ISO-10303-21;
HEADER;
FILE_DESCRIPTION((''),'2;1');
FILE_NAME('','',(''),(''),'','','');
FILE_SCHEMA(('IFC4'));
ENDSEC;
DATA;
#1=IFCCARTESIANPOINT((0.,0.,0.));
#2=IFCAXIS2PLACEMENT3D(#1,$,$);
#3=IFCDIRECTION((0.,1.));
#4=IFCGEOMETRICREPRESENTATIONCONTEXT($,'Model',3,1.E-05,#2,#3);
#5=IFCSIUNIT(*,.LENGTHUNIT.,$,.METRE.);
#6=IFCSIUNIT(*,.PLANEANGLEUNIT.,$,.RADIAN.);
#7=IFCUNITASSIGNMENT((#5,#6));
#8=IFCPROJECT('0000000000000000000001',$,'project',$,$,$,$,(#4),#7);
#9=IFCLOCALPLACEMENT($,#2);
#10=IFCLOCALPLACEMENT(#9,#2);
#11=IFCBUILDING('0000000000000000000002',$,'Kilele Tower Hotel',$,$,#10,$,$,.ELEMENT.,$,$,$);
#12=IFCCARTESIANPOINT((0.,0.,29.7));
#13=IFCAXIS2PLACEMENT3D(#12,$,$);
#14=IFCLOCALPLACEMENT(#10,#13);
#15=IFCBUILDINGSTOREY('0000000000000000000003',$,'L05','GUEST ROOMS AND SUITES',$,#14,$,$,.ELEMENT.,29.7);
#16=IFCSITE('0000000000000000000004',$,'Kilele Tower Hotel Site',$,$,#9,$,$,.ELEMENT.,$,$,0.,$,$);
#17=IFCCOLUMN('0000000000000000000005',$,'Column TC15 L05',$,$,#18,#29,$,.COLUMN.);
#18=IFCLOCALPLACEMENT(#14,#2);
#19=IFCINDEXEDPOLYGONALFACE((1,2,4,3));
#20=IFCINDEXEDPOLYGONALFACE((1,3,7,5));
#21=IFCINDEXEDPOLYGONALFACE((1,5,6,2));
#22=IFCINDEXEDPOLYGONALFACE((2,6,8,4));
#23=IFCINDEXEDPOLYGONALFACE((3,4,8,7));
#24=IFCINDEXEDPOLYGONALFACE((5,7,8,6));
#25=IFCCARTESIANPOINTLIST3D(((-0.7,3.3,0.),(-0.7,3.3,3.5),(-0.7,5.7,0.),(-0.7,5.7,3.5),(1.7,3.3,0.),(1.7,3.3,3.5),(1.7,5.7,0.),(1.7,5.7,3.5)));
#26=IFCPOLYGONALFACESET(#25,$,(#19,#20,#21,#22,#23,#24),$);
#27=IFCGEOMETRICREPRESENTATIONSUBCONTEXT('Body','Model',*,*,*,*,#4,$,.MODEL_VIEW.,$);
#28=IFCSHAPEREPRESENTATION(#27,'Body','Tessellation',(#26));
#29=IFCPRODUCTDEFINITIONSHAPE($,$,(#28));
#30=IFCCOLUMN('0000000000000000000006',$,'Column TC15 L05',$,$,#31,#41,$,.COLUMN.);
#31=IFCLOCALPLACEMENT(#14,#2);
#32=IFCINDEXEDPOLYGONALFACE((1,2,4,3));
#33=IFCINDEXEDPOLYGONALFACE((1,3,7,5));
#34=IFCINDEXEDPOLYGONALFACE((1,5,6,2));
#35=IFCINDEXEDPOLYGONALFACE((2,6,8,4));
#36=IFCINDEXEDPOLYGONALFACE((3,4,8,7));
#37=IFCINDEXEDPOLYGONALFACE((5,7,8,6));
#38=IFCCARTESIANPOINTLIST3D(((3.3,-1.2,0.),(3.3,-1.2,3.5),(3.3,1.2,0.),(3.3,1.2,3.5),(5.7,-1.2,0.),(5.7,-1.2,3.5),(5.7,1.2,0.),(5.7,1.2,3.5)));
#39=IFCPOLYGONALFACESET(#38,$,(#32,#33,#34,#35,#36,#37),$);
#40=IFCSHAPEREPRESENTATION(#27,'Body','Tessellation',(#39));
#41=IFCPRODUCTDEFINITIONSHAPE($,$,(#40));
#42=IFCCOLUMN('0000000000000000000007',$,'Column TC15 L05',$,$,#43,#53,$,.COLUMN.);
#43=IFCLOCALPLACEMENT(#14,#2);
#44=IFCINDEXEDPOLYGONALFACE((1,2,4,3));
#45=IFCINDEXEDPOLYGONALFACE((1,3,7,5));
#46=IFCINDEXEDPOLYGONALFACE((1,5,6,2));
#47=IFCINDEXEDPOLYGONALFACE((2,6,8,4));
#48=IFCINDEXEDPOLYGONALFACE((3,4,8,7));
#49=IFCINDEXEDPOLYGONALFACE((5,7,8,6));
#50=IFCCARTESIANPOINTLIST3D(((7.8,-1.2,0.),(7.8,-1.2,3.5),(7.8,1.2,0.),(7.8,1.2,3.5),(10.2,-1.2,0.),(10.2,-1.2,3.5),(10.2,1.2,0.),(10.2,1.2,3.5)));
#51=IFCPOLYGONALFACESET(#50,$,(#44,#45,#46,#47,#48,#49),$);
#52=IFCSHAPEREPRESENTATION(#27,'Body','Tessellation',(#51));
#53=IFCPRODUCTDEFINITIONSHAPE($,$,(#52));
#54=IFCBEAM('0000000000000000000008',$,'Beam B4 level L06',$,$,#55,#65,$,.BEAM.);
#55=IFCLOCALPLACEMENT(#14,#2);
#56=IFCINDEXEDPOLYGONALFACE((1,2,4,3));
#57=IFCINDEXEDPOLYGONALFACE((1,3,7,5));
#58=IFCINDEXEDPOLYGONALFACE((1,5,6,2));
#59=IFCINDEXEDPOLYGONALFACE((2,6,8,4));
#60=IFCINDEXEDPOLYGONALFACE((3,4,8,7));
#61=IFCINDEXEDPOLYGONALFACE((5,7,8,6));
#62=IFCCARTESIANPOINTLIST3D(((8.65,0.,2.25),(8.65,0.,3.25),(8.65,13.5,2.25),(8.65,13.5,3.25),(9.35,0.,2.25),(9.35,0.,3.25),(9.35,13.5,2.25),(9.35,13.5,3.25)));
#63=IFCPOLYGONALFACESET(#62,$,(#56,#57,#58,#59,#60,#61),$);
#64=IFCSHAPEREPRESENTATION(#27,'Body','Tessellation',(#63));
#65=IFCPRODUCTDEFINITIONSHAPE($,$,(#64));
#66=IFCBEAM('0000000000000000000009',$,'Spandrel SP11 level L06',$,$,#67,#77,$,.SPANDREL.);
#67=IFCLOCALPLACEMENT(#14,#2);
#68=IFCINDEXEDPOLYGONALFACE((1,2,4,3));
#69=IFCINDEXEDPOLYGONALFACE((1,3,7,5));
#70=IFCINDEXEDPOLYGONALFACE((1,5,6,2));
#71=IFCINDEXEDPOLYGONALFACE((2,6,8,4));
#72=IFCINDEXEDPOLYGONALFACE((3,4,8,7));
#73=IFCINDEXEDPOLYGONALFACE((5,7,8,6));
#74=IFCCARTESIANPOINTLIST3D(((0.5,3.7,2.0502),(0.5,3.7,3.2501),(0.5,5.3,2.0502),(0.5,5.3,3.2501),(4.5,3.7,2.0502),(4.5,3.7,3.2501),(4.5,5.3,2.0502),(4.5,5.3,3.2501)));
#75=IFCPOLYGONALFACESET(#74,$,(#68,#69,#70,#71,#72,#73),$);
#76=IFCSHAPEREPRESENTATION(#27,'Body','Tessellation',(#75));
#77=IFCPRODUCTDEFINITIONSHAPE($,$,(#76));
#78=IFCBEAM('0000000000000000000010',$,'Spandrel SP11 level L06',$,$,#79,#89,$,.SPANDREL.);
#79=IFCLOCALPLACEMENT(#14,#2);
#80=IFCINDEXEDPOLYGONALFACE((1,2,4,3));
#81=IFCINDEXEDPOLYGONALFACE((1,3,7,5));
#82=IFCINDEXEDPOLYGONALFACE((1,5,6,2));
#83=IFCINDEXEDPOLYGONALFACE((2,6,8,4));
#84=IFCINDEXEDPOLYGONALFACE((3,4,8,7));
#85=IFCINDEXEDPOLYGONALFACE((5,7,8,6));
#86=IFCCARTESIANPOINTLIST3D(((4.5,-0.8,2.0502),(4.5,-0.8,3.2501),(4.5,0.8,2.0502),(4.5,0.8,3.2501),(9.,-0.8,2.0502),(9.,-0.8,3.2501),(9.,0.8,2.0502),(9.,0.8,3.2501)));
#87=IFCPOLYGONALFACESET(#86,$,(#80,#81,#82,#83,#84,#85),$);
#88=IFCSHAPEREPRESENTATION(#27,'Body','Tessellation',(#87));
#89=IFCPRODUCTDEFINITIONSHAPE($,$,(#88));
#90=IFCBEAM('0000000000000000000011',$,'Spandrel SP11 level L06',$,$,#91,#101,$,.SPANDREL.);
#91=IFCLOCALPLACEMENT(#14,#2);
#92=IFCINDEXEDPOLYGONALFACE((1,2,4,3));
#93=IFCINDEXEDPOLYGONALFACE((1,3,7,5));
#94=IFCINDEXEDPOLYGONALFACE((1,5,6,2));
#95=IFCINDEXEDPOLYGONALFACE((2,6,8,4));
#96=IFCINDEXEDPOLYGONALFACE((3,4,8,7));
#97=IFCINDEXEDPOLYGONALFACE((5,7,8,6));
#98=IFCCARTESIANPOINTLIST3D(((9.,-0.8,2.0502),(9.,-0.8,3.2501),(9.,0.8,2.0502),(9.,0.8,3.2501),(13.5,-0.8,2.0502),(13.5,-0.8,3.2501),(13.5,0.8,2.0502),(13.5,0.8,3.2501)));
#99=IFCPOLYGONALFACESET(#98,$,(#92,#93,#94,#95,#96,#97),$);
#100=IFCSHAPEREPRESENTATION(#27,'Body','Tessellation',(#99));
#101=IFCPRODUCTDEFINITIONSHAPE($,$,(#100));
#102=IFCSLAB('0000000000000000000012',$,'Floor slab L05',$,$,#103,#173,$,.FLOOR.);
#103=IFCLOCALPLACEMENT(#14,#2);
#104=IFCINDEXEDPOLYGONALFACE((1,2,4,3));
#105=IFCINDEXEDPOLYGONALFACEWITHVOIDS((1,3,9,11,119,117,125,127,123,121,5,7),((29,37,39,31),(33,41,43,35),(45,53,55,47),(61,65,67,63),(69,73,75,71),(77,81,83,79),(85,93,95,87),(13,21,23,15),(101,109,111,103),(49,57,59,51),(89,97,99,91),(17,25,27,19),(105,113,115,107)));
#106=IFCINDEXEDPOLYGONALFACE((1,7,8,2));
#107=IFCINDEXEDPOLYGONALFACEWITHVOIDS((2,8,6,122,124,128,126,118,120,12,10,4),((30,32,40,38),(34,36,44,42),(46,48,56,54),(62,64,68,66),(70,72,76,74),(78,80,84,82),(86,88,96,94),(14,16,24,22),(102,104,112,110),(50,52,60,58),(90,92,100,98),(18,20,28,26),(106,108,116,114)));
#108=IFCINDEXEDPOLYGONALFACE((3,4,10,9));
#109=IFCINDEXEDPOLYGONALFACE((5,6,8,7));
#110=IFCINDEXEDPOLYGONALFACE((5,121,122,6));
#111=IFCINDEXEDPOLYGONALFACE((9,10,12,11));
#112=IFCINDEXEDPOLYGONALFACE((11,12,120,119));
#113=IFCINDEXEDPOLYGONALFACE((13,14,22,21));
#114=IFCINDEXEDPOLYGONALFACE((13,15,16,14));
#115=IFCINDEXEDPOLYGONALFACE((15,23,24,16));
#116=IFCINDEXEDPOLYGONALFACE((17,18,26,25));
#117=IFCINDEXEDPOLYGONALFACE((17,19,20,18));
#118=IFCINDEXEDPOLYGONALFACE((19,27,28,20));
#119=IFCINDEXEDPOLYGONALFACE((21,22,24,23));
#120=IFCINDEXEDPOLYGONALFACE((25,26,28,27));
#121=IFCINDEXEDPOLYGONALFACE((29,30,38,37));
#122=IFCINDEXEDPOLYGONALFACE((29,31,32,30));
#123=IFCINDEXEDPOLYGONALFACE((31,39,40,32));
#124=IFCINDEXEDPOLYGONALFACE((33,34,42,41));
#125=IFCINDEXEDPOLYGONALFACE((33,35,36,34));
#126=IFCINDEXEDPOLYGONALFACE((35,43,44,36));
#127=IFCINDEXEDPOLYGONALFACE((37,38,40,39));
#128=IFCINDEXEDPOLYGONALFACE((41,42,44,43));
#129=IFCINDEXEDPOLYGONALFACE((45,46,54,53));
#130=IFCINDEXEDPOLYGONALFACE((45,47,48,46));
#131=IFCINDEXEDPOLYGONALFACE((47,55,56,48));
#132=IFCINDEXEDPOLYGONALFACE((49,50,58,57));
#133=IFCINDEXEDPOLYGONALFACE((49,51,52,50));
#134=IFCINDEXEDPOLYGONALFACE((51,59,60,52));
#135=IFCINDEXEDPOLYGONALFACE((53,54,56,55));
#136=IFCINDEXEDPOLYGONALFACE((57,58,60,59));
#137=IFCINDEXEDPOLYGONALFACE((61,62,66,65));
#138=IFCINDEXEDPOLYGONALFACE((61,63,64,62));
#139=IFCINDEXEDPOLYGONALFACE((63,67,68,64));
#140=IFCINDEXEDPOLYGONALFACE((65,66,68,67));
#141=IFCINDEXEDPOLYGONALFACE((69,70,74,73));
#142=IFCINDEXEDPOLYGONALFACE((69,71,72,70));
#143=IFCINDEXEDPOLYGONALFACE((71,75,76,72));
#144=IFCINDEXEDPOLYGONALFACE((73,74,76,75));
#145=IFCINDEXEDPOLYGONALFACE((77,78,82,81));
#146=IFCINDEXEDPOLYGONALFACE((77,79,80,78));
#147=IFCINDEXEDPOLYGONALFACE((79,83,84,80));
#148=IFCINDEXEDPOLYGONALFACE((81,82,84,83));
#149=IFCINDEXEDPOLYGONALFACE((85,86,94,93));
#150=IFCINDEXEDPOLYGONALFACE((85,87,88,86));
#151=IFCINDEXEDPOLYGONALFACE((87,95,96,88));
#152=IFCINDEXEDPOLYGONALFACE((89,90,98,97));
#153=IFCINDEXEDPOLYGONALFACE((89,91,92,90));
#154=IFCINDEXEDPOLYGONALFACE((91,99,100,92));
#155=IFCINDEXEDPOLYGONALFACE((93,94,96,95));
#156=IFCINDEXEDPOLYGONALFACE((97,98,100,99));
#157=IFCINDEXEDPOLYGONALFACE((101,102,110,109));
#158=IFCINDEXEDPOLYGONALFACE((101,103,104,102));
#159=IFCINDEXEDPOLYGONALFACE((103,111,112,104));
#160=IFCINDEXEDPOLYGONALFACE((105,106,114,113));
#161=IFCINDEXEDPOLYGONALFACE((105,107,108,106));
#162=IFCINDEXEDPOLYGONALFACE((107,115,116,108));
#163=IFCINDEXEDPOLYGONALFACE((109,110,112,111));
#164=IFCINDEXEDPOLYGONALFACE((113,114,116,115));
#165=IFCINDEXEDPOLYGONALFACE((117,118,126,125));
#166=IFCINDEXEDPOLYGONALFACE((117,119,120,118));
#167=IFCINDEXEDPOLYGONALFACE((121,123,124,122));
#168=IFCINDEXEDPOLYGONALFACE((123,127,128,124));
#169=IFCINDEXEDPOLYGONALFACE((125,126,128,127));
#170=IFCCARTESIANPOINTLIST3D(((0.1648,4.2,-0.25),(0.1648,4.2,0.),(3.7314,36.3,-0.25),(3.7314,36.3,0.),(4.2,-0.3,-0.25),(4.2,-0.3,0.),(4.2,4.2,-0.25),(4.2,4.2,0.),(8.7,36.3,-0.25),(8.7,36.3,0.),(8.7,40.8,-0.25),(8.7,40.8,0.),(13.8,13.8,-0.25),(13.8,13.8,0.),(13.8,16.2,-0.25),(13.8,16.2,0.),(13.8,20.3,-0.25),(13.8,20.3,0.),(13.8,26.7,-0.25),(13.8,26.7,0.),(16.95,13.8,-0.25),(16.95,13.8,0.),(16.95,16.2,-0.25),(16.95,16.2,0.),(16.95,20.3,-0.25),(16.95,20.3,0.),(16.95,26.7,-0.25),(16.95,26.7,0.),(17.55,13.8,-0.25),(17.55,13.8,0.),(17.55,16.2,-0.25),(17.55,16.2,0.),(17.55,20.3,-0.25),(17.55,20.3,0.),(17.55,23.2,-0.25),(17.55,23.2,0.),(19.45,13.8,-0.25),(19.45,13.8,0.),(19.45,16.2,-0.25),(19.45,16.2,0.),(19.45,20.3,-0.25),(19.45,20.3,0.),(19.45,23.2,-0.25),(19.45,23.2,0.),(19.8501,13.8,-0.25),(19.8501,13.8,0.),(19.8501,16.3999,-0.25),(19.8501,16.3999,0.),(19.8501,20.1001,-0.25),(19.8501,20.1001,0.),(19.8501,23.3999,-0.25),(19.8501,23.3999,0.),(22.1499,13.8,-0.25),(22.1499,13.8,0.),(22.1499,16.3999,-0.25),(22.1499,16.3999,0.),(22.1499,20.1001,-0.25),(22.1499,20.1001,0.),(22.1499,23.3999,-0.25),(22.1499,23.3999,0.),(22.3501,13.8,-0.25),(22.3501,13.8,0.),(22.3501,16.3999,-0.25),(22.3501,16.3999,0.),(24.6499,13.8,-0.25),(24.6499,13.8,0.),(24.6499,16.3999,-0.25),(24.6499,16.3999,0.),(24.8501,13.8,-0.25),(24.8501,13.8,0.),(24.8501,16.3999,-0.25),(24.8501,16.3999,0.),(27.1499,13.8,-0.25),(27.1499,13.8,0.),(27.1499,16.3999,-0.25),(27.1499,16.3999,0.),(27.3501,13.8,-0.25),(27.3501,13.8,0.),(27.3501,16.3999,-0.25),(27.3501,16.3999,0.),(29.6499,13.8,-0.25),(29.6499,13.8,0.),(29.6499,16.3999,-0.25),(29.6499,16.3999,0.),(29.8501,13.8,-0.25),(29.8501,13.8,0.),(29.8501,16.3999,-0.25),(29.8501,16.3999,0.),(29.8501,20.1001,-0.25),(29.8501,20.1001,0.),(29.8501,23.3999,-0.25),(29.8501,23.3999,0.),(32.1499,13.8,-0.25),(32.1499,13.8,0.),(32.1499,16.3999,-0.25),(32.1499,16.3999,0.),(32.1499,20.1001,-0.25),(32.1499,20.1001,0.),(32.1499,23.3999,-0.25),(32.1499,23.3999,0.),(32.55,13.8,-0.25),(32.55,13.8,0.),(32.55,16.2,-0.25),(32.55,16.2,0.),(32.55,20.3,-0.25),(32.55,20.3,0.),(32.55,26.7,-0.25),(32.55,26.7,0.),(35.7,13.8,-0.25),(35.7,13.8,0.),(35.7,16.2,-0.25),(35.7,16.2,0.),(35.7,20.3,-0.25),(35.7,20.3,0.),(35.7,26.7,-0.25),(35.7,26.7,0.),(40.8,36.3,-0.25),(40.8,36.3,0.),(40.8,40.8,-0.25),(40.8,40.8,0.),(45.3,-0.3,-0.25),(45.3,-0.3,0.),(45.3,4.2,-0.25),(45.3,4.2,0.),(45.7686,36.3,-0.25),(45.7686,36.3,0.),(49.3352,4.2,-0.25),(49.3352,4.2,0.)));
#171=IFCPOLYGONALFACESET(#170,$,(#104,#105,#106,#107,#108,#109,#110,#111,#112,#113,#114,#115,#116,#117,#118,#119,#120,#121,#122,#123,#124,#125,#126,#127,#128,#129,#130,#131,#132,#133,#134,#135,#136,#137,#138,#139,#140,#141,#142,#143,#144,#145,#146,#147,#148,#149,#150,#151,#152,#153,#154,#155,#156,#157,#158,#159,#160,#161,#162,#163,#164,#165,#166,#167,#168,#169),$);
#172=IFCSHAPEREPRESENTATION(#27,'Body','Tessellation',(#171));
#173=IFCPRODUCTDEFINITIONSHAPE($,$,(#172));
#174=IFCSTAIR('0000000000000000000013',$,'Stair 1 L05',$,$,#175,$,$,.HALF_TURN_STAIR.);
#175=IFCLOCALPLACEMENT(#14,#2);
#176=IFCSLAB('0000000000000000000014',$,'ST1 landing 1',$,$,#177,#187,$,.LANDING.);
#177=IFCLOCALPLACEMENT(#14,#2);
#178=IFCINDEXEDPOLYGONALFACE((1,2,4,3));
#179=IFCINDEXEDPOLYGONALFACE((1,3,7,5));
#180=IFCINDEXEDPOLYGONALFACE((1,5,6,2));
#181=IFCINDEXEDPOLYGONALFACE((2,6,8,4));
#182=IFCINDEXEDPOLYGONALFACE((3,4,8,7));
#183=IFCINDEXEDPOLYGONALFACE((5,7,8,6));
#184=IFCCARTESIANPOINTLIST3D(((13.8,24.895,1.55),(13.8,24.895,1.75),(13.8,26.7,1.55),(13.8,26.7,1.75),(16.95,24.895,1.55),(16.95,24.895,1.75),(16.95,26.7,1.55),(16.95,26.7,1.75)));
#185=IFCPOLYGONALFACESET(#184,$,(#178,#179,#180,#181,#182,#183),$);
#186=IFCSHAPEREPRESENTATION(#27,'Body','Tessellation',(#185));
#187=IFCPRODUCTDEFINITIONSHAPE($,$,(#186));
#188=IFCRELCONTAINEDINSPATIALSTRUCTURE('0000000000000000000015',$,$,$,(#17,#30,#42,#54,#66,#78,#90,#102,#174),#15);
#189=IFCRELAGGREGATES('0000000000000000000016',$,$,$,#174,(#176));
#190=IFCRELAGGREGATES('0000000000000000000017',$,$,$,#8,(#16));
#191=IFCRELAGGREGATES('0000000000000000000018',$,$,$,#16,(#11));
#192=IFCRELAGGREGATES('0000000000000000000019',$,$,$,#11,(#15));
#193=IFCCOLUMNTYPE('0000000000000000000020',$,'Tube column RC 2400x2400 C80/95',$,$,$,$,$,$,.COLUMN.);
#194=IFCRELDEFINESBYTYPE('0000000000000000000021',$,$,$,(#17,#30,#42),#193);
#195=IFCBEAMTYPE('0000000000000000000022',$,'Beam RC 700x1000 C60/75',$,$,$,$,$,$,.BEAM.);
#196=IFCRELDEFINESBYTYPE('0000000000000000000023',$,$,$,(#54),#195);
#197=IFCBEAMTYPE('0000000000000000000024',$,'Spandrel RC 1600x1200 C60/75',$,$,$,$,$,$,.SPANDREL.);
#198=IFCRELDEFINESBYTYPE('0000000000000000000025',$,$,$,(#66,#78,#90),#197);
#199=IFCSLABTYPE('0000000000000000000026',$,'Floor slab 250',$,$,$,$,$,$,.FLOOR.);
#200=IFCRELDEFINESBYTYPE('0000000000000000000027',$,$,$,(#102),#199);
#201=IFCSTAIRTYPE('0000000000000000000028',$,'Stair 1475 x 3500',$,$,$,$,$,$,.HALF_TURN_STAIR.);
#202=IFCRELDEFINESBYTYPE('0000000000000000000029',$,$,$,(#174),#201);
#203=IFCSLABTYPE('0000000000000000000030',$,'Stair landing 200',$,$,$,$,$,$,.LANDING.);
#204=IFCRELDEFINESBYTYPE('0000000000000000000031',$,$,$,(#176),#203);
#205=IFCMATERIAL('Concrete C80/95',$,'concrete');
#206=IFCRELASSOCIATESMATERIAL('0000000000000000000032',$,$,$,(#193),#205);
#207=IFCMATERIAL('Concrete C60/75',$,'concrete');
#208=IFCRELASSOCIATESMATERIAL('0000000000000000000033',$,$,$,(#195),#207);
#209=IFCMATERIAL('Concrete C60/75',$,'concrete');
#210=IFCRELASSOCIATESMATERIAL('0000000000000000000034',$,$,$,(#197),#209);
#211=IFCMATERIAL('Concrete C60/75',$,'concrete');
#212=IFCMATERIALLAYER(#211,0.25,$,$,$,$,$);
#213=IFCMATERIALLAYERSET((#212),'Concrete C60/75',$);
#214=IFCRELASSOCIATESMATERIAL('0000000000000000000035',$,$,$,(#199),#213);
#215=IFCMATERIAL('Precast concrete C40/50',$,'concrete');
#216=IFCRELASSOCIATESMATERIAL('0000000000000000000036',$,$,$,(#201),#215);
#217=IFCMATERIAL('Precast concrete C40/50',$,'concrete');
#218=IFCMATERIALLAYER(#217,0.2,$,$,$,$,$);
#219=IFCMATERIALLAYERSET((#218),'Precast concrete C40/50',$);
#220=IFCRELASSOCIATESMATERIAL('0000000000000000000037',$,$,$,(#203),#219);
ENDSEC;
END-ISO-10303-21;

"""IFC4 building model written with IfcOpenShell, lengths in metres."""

from ifc_helpers import new_model, si_unit, direction, frame, origin, origin_2d, place, context, subcontext, project, spatial, polyline, rectangle, outline, extrude, material, layer, layer_set, material_profile, profile_set, type_object, element, aggregate, save


model = new_model("IFC4")

# Units and contexts
model_context = context("Model", 3, precision=1e-05, world=origin(), true_north=direction((0.0, 1.0)))
body_context = subcontext(model_context, "Body", "Model", "MODEL_VIEW")
ifc_project = project(units=[si_unit("LENGTHUNIT", "METRE"), si_unit("PLANEANGLEUNIT", "RADIAN")], contexts=[model_context])

# Site, building, storey
site_placement = place(None, origin())
site = spatial("IfcSite", under=ifc_project, at=site_placement, Name="Kilele Tower Hotel Site", CompositionType="ELEMENT", RefElevation=0.0)
building_placement = place(site_placement, origin())
building = spatial("IfcBuilding", under=site, at=building_placement, Name="Kilele Tower Hotel", CompositionType="ELEMENT")
storey_placement = place(building_placement, frame((0.0, 0.0, 29.7)))
storey = spatial("IfcBuildingStorey", under=building, at=storey_placement, Name="L05", Description="GUEST ROOMS AND SUITES", CompositionType="ELEMENT", Elevation=29.7)

# Columns
ifc_material_1 = material(Name="Concrete C80/95", Category="concrete")
ifc_material_profile_1 = material_profile(ifc_material_1, rectangle(XDim=2.3999, YDim=2.3999, at=origin_2d()))
ifc_profile_set_1 = profile_set([ifc_material_profile_1], Name="Concrete C80/95")
column_type = type_object("IfcColumnType", Name="Tube column RC 2400x2400 C80/95", PredefinedType="COLUMN", material=ifc_profile_set_1)
for number, where, z_axis, x_axis, name in (
    (1, (0.5, 4.5, 0.0), (0.0, 0.0, 1.0), (1.0, 0.0, 0.0), "Column TC15 L05"),
    (2, (4.5, 0.0, 0.0), (0.0, 0.0, 1.0), (1.0, 0.0, 0.0), "Column TC15 L05"),
    (3, (9.0, 0.0, 0.0), (0.0, 0.0, 1.0), (1.0, 0.0, 0.0), "Column TC15 L05"),
):
    element("IfcColumn", number, at=place(storey_placement, frame(where, z_axis=z_axis, x_axis=x_axis)), inside=storey, type_object=column_type, Name=name, PredefinedType="COLUMN", context=body_context, shape_type="SweptSolid", body=[
        extrude(rectangle(XDim=2.3999, YDim=2.3999, at=origin_2d()), origin(), (0.0, 0.0, 1.0), 3.5),
    ])

# Beams
ifc_material_2 = material(Name="Concrete C60/75", Category="concrete")
ifc_material_profile_2 = material_profile(ifc_material_2, rectangle(XDim=0.7, YDim=1.0, at=origin_2d()))
ifc_profile_set_2 = profile_set([ifc_material_profile_2], Name="Concrete C60/75")
beam_type_1 = type_object("IfcBeamType", Name="Beam RC 700x1000 C60/75", PredefinedType="BEAM", material=ifc_profile_set_2)
beam_1_placement = place(storey_placement, frame((9.0, 0.0, 2.75), z_axis=(0.0, 1.0, 0.0), x_axis=(-1.0, 0.0, 0.0)))
element("IfcBeam", 4, at=beam_1_placement, inside=storey, type_object=beam_type_1, Name="Beam B4 level L06", PredefinedType="BEAM", context=body_context, shape_type="SweptSolid", body=[
    extrude(rectangle(XDim=0.7, YDim=1.0, at=origin_2d()), origin(), (0.0, 0.0, 1.0), 13.5),
])
ifc_material_3 = material(Name="Concrete C60/75", Category="concrete")
ifc_material_profile_3 = material_profile(ifc_material_3, rectangle(XDim=1.6001, YDim=1.2, at=origin_2d()))
ifc_profile_set_3 = profile_set([ifc_material_profile_3], Name="Concrete C60/75")
beam_type_2 = type_object("IfcBeamType", Name="Spandrel RC 1600x1200 C60/75", PredefinedType="SPANDREL", material=ifc_profile_set_3)
beam_2_placement = place(storey_placement, frame((0.5, 4.5, 2.6501), z_axis=(1.0, 0.0, 0.0), x_axis=(0.0, 1.0, 0.0)))
element("IfcBeam", 5, at=beam_2_placement, inside=storey, type_object=beam_type_2, Name="Spandrel SP11 level L06", PredefinedType="SPANDREL", context=body_context, shape_type="SweptSolid", body=[
    extrude(rectangle(XDim=1.6001, YDim=1.2, at=origin_2d()), origin(), (0.0, 0.0, 1.0), 4.0),
])
for number, where, z_axis, x_axis, name in (
    (6, (4.5, 0.0, 2.6501), (1.0, 0.0, 0.0), (0.0, 1.0, 0.0), "Spandrel SP11 level L06"),
    (7, (9.0, 0.0, 2.6501), (1.0, 0.0, 0.0), (0.0, 1.0, 0.0), "Spandrel SP11 level L06"),
):
    element("IfcBeam", number, at=place(storey_placement, frame(where, z_axis=z_axis, x_axis=x_axis)), inside=storey, type_object=beam_type_2, Name=name, PredefinedType="SPANDREL", context=body_context, shape_type="SweptSolid", body=[
        extrude(rectangle(XDim=1.6001, YDim=1.2, at=origin_2d()), origin(), (0.0, 0.0, 1.0), 4.5),
    ])

# Slab
ifc_material_4 = material(Name="Concrete C60/75", Category="concrete")
ifc_layer_1 = layer(ifc_material_4, 0.25)
ifc_layer_set_1 = layer_set([ifc_layer_1], Name="Concrete C60/75")
slab_type_1 = type_object("IfcSlabType", Name="Floor slab 250", PredefinedType="FLOOR", material=ifc_layer_set_1)
slab_1_placement = place(storey_placement, frame((0.0, 0.0, -0.25)))
element("IfcSlab", 8, at=slab_1_placement, inside=storey, type_object=slab_type_1, Name="Floor slab L05", PredefinedType="FLOOR", context=body_context, shape_type="SweptSolid", body=[
    extrude(outline(polyline([(8.7, 36.3), (8.7, 40.8), (40.8, 40.8), (40.8, 36.3), (45.7686, 36.3), (49.3352, 4.2), (45.3, 4.2), (45.3, -0.3), (4.2, -0.3), (4.2, 4.2), (0.1648, 4.2), (3.7314, 36.3), (8.7, 36.3)]), holes=[polyline([(16.95, 16.2), (13.8, 16.2), (13.8, 13.8), (16.95, 13.8), (16.95, 16.2)]), polyline([(19.45, 13.8), (19.45, 16.2), (17.55, 16.2), (17.55, 13.8), (19.45, 13.8)]), polyline([(22.1499, 13.8), (22.1499, 16.3999), (19.8501, 16.3999), (19.8501, 13.8), (22.1499, 13.8)]), polyline([(24.6499, 16.3999), (22.3501, 16.3999), (22.3501, 13.8), (24.6499, 13.8), (24.6499, 16.3999)]), polyline([(19.45, 20.3), (19.45, 23.2), (17.55, 23.2), (17.55, 20.3), (19.45, 20.3)]), polyline([(22.1499, 20.1001), (22.1499, 23.3999), (19.8501, 23.3999), (19.8501, 20.1001), (22.1499, 20.1001)]), polyline([(16.95, 26.7), (13.8, 26.7), (13.8, 20.3), (16.95, 20.3), (16.95, 26.7)]), polyline([(35.7, 13.8), (35.7, 16.2), (32.55, 16.2), (32.55, 13.8), (35.7, 13.8)]), polyline([(27.1499, 13.8), (27.1499, 16.3999), (24.8501, 16.3999), (24.8501, 13.8), (27.1499, 13.8)]), polyline([(29.6499, 13.8), (29.6499, 16.3999), (27.3501, 16.3999), (27.3501, 13.8), (29.6499, 13.8)]), polyline([(32.1499, 13.8), (32.1499, 16.3999), (29.8501, 16.3999), (29.8501, 13.8), (32.1499, 13.8)]), polyline([(32.1499, 20.1001), (32.1499, 23.3999), (29.8501, 23.3999), (29.8501, 20.1001), (32.1499, 20.1001)]), polyline([(35.7, 20.3), (35.7, 26.7), (32.55, 26.7), (32.55, 20.3), (35.7, 20.3)])]), origin(), (0.0, 0.0, 1.0), 0.25),
])

# Stair, slab
ifc_material_5 = material(Name="Precast concrete C40/50", Category="concrete")
stair_type = type_object("IfcStairType", Name="Stair 1475 x 3500", PredefinedType="HALF_TURN_STAIR", material=ifc_material_5)
stair_1_placement = place(storey_placement, origin())
stair_1 = element("IfcStair", 9, at=stair_1_placement, inside=storey, type_object=stair_type, Name="Stair 1 L05", PredefinedType="HALF_TURN_STAIR")
ifc_material_6 = material(Name="Precast concrete C40/50", Category="concrete")
ifc_layer_2 = layer(ifc_material_6, 0.2)
ifc_layer_set_2 = layer_set([ifc_layer_2], Name="Precast concrete C40/50")
slab_type_2 = type_object("IfcSlabType", Name="Stair landing 200", PredefinedType="LANDING", material=ifc_layer_set_2)
slab_2_placement = place(storey_placement, frame((0.0, 0.0, 1.55)))
slab_2 = element("IfcSlab", 10, at=slab_2_placement, type_object=slab_type_2, Name="ST1 landing 1", PredefinedType="LANDING", context=body_context, shape_type="SweptSolid", body=[
    extrude(outline(polyline([(13.8, 24.895), (16.95, 24.895), (16.95, 26.7), (13.8, 26.7), (13.8, 24.895)])), origin(), (0.0, 0.0, 1.0), 0.2),
])
aggregate(stair_1, [slab_2])

save(model, "model.ifc")
